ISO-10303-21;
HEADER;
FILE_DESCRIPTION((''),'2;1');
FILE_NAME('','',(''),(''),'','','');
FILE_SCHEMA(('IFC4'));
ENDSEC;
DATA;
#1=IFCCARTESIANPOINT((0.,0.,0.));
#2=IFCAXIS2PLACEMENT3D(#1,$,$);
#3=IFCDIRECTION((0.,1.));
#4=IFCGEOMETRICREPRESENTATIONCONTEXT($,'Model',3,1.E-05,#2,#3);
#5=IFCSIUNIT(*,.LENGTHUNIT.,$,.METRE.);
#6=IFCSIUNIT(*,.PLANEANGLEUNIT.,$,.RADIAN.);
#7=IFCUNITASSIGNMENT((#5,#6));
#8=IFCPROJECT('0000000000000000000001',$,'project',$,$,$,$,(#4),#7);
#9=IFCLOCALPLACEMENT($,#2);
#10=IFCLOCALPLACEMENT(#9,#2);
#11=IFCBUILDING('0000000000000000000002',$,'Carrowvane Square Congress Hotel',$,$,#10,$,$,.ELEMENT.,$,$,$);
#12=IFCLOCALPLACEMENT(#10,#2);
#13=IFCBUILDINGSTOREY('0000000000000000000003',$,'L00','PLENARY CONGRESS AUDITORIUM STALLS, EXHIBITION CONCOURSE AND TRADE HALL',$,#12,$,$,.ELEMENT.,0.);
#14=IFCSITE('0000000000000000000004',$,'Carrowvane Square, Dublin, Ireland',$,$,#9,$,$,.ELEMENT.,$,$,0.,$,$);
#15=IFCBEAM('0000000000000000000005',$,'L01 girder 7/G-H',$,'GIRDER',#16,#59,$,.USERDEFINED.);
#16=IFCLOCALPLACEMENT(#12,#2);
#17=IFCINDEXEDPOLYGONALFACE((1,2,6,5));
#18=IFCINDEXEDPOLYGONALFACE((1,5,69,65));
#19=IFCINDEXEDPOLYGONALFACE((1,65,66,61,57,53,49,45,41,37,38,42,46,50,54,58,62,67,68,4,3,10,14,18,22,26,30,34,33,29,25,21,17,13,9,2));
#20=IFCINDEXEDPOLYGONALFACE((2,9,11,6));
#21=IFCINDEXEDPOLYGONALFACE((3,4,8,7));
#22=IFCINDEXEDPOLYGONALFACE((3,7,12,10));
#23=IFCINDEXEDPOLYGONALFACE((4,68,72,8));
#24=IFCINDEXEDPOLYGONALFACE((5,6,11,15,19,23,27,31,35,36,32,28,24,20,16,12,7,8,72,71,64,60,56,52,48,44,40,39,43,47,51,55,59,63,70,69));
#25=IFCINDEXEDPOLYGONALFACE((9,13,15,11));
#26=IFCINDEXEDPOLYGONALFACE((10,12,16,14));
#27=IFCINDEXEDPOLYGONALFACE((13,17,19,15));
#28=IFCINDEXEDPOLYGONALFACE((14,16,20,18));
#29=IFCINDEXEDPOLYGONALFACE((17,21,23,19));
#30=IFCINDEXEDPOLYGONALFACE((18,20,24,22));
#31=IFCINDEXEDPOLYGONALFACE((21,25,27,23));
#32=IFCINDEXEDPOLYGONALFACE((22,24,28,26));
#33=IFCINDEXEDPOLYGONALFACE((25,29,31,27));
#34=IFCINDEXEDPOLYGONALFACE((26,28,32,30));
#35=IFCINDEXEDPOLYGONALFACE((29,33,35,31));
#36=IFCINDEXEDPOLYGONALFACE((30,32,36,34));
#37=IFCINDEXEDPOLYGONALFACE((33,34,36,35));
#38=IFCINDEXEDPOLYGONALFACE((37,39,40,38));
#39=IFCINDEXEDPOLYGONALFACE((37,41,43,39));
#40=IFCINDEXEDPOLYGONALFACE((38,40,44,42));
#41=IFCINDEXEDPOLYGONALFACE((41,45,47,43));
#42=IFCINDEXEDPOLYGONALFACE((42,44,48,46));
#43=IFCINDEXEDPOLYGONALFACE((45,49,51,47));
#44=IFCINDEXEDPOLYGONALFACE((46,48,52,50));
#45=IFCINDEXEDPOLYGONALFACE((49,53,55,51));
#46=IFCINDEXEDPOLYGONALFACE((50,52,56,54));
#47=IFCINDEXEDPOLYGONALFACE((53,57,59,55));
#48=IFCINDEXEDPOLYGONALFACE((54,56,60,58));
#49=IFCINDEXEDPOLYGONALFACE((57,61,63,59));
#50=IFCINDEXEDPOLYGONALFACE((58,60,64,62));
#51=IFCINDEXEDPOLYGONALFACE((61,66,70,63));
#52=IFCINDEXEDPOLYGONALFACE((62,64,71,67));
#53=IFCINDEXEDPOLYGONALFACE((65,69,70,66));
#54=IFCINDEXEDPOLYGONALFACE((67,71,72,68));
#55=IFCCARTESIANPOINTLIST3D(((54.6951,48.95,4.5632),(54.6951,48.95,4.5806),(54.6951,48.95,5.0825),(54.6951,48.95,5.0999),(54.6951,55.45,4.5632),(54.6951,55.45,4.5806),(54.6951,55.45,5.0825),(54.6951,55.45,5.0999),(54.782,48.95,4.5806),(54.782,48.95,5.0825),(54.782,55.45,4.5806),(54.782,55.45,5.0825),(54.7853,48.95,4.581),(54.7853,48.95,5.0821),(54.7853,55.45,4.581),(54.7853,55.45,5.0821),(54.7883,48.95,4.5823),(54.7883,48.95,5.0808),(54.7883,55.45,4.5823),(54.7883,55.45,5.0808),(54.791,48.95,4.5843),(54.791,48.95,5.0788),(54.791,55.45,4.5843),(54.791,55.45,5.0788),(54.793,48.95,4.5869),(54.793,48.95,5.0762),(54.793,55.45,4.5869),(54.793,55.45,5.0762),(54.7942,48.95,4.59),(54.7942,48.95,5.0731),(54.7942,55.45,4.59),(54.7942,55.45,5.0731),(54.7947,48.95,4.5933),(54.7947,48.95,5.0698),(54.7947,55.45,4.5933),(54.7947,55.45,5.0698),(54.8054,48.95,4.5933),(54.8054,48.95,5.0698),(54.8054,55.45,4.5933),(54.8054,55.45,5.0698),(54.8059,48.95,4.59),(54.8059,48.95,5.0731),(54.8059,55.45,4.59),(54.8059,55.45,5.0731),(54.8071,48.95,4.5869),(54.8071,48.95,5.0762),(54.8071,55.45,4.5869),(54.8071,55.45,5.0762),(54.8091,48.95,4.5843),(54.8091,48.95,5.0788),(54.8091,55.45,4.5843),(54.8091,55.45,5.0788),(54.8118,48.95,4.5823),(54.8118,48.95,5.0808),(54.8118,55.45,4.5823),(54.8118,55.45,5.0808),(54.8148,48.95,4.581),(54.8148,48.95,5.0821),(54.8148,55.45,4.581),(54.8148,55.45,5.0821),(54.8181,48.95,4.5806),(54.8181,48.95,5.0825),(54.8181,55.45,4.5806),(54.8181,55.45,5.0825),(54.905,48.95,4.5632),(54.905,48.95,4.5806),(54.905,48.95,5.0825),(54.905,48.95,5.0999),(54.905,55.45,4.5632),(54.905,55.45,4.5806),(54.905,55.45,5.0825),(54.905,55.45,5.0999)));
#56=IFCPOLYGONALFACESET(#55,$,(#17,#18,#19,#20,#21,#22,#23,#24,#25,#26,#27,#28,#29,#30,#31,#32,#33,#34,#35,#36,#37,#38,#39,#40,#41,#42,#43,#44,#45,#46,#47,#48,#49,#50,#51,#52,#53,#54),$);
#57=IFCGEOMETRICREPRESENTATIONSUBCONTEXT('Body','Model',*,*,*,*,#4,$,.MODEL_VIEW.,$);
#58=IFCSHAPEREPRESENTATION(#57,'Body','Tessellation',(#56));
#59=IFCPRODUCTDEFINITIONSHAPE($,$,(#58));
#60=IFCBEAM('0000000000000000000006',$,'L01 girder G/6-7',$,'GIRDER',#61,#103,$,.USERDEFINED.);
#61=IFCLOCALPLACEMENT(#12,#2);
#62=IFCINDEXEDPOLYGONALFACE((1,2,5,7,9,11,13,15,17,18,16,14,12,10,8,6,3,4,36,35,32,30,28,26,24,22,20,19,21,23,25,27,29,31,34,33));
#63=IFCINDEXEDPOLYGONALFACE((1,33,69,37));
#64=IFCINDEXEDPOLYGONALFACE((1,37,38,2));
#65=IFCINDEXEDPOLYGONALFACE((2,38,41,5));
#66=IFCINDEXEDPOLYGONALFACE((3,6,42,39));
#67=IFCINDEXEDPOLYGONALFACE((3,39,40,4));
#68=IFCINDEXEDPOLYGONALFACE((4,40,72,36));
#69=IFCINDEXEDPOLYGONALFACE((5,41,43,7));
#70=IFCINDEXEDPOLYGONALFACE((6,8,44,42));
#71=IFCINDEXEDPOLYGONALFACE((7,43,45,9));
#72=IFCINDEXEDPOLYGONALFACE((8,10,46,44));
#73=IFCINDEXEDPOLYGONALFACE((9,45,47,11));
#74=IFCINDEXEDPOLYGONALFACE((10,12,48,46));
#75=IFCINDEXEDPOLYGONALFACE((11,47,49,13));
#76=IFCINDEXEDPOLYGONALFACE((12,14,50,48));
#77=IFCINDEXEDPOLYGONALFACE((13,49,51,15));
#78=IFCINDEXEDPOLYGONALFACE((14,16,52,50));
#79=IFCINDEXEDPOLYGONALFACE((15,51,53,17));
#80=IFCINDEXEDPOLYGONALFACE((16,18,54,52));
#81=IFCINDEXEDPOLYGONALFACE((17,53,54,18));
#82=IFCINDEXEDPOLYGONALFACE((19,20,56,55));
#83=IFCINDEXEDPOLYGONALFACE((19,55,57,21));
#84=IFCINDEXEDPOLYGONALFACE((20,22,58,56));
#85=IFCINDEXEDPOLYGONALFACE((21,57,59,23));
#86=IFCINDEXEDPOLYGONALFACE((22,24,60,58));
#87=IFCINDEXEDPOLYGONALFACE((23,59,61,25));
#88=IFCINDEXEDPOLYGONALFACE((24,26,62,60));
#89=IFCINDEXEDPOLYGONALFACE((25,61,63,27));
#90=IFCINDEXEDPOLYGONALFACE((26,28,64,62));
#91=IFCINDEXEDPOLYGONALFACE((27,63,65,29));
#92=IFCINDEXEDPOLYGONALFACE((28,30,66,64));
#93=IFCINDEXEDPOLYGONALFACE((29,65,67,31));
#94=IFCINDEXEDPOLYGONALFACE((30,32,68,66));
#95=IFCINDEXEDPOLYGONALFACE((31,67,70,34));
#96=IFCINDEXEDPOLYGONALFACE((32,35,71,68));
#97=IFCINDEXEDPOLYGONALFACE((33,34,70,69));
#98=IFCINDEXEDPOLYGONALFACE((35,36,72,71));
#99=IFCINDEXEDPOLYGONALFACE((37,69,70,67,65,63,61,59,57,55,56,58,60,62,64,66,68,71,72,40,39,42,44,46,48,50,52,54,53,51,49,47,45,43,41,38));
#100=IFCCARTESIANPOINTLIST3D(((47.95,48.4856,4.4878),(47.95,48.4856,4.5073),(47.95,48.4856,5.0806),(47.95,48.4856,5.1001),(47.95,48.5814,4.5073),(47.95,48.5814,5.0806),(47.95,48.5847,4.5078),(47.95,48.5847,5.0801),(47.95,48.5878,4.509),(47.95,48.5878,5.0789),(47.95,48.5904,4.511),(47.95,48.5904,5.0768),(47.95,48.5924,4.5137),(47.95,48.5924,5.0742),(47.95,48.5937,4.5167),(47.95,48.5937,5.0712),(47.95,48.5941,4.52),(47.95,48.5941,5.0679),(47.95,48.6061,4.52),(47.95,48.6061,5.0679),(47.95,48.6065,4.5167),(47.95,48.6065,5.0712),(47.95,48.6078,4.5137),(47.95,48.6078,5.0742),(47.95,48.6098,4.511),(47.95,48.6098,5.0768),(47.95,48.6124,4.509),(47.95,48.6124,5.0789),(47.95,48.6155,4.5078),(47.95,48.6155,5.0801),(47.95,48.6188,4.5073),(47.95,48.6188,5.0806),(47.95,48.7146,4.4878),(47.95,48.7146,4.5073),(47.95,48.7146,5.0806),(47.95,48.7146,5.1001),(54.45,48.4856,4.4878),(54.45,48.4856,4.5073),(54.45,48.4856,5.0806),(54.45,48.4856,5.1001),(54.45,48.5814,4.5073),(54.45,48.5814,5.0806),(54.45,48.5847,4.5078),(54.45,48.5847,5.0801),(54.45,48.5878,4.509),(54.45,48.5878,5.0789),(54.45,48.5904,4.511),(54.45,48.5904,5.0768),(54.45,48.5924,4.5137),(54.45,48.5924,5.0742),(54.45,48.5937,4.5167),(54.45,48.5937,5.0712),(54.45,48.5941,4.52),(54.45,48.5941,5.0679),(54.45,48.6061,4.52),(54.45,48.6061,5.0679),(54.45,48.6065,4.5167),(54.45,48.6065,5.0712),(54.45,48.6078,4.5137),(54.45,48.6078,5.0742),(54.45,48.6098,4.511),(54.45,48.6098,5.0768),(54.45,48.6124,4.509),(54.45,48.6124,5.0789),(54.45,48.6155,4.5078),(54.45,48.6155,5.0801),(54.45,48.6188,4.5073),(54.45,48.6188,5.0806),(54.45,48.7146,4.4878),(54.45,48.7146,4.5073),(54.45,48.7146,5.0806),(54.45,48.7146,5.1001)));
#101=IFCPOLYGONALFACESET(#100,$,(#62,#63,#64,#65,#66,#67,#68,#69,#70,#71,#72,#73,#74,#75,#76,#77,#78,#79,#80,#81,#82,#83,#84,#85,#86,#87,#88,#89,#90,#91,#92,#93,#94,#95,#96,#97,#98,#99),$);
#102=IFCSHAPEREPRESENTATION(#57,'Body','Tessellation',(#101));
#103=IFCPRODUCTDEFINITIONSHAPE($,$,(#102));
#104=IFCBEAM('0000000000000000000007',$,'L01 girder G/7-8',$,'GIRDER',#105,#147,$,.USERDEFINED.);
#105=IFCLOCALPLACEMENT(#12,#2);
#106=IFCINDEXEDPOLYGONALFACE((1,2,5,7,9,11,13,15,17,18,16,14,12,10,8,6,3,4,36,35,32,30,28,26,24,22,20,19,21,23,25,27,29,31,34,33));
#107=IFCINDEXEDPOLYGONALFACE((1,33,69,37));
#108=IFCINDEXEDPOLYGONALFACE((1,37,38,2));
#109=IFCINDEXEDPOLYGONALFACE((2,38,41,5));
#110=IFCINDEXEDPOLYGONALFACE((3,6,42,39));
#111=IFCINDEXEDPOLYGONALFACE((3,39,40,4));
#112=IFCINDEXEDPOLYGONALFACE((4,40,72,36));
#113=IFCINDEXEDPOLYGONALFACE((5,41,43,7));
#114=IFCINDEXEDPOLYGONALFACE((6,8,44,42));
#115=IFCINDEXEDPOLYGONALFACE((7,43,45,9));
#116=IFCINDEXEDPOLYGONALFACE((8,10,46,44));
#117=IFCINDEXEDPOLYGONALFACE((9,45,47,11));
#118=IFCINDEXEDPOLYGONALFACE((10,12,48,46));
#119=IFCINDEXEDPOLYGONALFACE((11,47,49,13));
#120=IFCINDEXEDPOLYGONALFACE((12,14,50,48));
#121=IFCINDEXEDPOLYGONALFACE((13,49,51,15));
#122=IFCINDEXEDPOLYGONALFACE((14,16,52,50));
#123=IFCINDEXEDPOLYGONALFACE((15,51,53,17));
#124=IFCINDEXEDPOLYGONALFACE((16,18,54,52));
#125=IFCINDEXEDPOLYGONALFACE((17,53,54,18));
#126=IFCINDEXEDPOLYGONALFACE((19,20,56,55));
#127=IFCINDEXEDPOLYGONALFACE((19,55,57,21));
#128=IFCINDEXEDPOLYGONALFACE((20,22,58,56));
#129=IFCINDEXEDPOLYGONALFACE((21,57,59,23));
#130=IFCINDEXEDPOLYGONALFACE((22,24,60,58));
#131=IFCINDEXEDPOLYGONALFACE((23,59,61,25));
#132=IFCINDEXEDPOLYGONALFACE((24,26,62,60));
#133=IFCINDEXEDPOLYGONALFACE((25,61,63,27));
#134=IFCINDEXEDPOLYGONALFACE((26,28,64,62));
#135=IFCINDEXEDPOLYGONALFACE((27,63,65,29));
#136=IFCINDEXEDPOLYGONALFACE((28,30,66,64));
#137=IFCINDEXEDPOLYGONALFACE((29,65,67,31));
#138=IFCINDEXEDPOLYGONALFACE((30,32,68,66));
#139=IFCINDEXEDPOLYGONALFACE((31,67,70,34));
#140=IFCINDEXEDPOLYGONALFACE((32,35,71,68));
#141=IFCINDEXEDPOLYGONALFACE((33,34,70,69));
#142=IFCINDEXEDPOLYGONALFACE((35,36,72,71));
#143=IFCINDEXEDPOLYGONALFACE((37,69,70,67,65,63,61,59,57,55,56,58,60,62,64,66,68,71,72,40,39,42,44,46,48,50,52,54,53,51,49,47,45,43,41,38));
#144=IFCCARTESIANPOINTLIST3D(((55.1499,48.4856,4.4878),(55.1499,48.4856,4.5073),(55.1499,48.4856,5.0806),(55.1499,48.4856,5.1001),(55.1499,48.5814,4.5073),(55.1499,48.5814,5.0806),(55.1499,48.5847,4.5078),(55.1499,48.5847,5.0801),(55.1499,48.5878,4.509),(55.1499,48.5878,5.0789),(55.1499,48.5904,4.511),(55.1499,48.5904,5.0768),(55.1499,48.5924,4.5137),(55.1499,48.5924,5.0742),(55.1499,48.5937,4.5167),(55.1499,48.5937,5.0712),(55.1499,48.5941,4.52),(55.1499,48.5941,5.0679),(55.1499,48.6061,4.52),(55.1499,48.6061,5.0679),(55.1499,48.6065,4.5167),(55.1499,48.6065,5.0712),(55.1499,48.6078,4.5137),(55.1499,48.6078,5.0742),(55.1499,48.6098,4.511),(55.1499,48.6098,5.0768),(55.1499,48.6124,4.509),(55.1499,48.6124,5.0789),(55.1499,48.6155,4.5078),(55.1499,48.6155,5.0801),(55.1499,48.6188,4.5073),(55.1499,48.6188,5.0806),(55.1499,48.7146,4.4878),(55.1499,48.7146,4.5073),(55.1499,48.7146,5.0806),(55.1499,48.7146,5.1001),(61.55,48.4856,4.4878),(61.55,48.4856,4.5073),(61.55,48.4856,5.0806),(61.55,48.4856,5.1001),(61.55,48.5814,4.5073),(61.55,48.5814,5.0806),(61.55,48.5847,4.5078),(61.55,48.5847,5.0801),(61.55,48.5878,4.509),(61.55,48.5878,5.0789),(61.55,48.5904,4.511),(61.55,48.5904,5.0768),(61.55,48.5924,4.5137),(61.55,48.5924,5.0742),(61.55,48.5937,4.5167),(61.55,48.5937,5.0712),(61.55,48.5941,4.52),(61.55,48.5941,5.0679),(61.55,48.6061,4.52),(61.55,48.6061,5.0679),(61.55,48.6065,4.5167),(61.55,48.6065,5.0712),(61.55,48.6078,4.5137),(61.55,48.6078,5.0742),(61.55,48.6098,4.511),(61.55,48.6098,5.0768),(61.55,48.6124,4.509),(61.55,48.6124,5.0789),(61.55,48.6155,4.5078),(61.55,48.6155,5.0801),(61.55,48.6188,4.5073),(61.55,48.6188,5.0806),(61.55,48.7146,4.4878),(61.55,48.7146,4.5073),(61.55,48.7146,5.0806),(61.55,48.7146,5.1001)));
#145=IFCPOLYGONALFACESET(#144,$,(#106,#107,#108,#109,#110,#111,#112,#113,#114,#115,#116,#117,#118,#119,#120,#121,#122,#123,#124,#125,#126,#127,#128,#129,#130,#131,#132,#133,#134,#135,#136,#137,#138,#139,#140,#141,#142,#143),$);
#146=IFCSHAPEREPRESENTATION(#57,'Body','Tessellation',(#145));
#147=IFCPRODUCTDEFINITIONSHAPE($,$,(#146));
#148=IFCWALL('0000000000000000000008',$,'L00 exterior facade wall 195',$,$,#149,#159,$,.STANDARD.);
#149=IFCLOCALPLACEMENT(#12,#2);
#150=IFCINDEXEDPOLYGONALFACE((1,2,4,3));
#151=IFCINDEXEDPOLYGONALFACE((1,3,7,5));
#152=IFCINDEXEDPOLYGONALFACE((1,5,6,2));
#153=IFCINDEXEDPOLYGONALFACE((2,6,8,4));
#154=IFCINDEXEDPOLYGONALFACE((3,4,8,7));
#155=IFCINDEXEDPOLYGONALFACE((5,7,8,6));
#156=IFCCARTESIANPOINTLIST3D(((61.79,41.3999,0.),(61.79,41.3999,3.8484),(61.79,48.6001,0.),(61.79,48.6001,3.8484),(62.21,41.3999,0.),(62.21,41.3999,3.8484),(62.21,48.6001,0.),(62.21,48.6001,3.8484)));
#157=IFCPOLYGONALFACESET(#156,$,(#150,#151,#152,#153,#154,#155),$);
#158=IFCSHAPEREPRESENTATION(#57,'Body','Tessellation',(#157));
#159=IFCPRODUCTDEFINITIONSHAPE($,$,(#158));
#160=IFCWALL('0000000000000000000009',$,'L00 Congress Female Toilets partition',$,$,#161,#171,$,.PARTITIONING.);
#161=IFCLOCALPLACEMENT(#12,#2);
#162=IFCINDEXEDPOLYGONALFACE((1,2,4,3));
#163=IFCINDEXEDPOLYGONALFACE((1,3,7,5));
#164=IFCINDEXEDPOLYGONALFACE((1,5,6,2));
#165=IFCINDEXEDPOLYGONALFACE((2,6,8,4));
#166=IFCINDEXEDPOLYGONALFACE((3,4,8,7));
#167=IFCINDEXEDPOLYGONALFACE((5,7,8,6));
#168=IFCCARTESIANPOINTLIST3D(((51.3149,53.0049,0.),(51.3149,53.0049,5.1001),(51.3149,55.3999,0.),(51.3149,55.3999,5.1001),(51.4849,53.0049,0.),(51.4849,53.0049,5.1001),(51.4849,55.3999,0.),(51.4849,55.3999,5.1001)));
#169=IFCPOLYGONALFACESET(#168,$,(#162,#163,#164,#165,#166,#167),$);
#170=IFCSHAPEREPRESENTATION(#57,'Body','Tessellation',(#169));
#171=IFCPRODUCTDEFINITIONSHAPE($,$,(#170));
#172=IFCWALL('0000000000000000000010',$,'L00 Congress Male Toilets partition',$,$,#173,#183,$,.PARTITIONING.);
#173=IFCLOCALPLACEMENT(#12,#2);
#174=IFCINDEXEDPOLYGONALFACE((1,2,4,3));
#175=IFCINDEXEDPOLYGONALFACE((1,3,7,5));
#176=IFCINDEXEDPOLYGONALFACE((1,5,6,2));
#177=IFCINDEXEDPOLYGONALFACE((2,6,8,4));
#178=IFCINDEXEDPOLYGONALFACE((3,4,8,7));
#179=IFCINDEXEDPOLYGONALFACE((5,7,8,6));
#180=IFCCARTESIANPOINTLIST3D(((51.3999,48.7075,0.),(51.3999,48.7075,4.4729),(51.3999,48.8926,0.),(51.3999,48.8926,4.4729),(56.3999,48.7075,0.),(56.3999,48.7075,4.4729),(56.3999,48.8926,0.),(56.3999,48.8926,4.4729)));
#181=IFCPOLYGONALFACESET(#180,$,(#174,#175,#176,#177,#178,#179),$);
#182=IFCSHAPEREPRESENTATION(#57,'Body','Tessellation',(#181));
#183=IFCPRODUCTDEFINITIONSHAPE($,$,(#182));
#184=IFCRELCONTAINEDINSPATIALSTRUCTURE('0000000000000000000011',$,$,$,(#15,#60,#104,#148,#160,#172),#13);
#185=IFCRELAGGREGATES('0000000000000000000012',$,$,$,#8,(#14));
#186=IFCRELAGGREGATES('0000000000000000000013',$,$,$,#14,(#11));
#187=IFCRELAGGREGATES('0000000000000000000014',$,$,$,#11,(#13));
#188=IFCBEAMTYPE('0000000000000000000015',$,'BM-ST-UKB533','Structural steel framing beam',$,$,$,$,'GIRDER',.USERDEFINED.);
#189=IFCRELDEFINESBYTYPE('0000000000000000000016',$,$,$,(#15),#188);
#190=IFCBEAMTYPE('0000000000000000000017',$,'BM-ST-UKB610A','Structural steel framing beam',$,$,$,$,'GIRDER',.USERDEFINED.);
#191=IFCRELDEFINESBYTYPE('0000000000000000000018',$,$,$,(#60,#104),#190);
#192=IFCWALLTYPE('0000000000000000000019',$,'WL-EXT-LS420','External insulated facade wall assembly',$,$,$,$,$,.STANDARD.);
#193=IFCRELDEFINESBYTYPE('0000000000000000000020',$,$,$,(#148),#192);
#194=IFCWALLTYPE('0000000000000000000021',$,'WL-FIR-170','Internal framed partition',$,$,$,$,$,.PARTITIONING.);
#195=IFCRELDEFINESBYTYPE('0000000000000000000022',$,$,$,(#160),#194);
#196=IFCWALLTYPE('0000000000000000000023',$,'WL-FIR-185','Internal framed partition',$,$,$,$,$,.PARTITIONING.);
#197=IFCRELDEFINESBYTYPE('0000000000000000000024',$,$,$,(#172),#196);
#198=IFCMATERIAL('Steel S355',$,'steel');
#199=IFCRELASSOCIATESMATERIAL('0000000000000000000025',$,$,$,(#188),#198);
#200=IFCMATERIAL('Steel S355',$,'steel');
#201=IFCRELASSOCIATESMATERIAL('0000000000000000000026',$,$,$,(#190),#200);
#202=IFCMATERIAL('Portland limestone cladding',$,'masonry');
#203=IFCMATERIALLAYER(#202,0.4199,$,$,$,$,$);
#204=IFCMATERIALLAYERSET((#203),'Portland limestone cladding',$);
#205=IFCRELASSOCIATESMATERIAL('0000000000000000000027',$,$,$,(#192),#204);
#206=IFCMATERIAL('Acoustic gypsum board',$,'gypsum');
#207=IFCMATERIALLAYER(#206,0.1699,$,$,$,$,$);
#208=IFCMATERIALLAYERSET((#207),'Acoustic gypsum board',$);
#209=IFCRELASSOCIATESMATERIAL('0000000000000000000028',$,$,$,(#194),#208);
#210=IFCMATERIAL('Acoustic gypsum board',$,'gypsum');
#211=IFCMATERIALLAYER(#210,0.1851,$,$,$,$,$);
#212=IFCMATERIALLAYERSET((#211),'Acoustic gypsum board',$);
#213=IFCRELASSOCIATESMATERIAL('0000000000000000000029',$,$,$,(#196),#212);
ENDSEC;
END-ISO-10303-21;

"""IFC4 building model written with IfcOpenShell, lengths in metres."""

from ifc_helpers import new_model, si_unit, direction, frame, frame_2d, origin, origin_2d, place, context, subcontext, project, spatial, rectangle, i_section, extrude, material, layer, layer_set, material_profile, profile_set, type_object, element, save


model = new_model("IFC4")

# Units and contexts
model_context = context("Model", 3, precision=1e-05, world=origin(), true_north=direction((0.0, 1.0)))
body_context = subcontext(model_context, "Body", "Model", "MODEL_VIEW")
ifc_project = project(units=[si_unit("LENGTHUNIT", "METRE"), si_unit("PLANEANGLEUNIT", "RADIAN")], contexts=[model_context])

# Site, building, storey
site_placement = place(None, origin())
site = spatial("IfcSite", under=ifc_project, at=site_placement, Name="Carrowvane Square, Dublin, Ireland", CompositionType="ELEMENT", RefElevation=0.0)
building_placement = place(site_placement, origin())
building = spatial("IfcBuilding", under=site, at=building_placement, Name="Carrowvane Square Congress Hotel", CompositionType="ELEMENT")
storey_placement = place(building_placement, origin())
storey = spatial("IfcBuildingStorey", under=building, at=storey_placement, Name="L00", Description="PLENARY CONGRESS AUDITORIUM STALLS, EXHIBITION CONCOURSE AND TRADE HALL", CompositionType="ELEMENT", Elevation=0.0)

# Beams
ifc_material_1 = material(Name="Steel S355", Category="steel")
ifc_material_profile_1 = material_profile(ifc_material_1, i_section(OverallWidth=0.21, OverallDepth=0.5366, WebThickness=0.0107, FlangeThickness=0.0173, FilletRadius=0.0127, at=origin_2d()), Name="UKB 533x210x101")
ifc_profile_set_1 = profile_set([ifc_material_profile_1], Name="Steel S355")
beam_type_1 = type_object("IfcBeamType", Name="BM-ST-UKB533", Description="Structural steel framing beam", ElementType="GIRDER", PredefinedType="USERDEFINED", material=ifc_profile_set_1)
beam_1_placement = place(storey_placement, frame((54.8, 48.95, 4.8315), z_axis=(0.0, 1.0, 0.0), x_axis=(-1.0, 0.0, 0.0)))
element("IfcBeam", 1, at=beam_1_placement, inside=storey, type_object=beam_type_1, Name="L01 girder 7/G-H", ObjectType="GIRDER", PredefinedType="USERDEFINED", context=body_context, shape_type="SweptSolid", body=[
    extrude(i_section(OverallWidth=0.21, OverallDepth=0.5366, WebThickness=0.0107, FlangeThickness=0.0173, FilletRadius=0.0127, at=origin_2d()), origin(), (0.0, 0.0, 1.0), 6.5),
])
ifc_material_2 = material(Name="Steel S355", Category="steel")
ifc_material_profile_2 = material_profile(ifc_material_2, i_section(OverallWidth=0.229, OverallDepth=0.6123, WebThickness=0.012, FlangeThickness=0.0195, FilletRadius=0.0127, at=origin_2d()), Name="UKB 610x229x125")
ifc_profile_set_2 = profile_set([ifc_material_profile_2], Name="Steel S355")
beam_type_2 = type_object("IfcBeamType", Name="BM-ST-UKB610A", Description="Structural steel framing beam", ElementType="GIRDER", PredefinedType="USERDEFINED", material=ifc_profile_set_2)
beam_2_placement = place(storey_placement, frame((47.95, 48.6001, 4.7939), z_axis=(1.0, 0.0, 0.0), x_axis=(0.0, 1.0, 0.0)))
element("IfcBeam", 2, at=beam_2_placement, inside=storey, type_object=beam_type_2, Name="L01 girder G/6-7", ObjectType="GIRDER", PredefinedType="USERDEFINED", context=body_context, shape_type="SweptSolid", body=[
    extrude(i_section(OverallWidth=0.229, OverallDepth=0.6123, WebThickness=0.012, FlangeThickness=0.0195, FilletRadius=0.0127, at=origin_2d()), origin(), (0.0, 0.0, 1.0), 6.5),
])
beam_3_placement = place(storey_placement, frame((55.1499, 48.6001, 4.7939), z_axis=(1.0, 0.0, 0.0), x_axis=(0.0, 1.0, 0.0)))
element("IfcBeam", 3, at=beam_3_placement, inside=storey, type_object=beam_type_2, Name="L01 girder G/7-8", ObjectType="GIRDER", PredefinedType="USERDEFINED", context=body_context, shape_type="SweptSolid", body=[
    extrude(i_section(OverallWidth=0.229, OverallDepth=0.6123, WebThickness=0.012, FlangeThickness=0.0195, FilletRadius=0.0127, at=origin_2d()), origin(), (0.0, 0.0, 1.0), 6.4001),
])

# Walls
ifc_material_3 = material(Name="Portland limestone cladding", Category="masonry")
ifc_layer_1 = layer(ifc_material_3, 0.4199)
ifc_layer_set_1 = layer_set([ifc_layer_1], Name="Portland limestone cladding")
wall_type_1 = type_object("IfcWallType", Name="WL-EXT-LS420", Description="External insulated facade wall assembly", PredefinedType="STANDARD", material=ifc_layer_set_1)
wall_1_placement = place(storey_placement, frame((62.0, 48.6001, 0.0), z_axis=(0.0, 0.0, 1.0), x_axis=(0.0, -1.0, 0.0)))
element("IfcWall", 4, at=wall_1_placement, inside=storey, type_object=wall_type_1, Name="L00 exterior facade wall 195", PredefinedType="STANDARD", context=body_context, shape_type="SweptSolid", body=[
    extrude(rectangle(XDim=7.2002, YDim=0.4199, at=frame_2d((3.6001, 0.0))), origin(), (0.0, 0.0, 1.0), 3.8484),
])
ifc_material_4 = material(Name="Acoustic gypsum board", Category="gypsum")
ifc_layer_2 = layer(ifc_material_4, 0.1699)
ifc_layer_set_2 = layer_set([ifc_layer_2], Name="Acoustic gypsum board")
wall_type_2 = type_object("IfcWallType", Name="WL-FIR-170", Description="Internal framed partition", PredefinedType="PARTITIONING", material=ifc_layer_set_2)
wall_2_placement = place(storey_placement, frame((51.3999, 53.0049, 0.0), z_axis=(0.0, 0.0, 1.0), x_axis=(0.0, 1.0, 0.0)))
element("IfcWall", 5, at=wall_2_placement, inside=storey, type_object=wall_type_2, Name="L00 Congress Female Toilets partition", PredefinedType="PARTITIONING", context=body_context, shape_type="SweptSolid", body=[
    extrude(rectangle(XDim=2.395, YDim=0.1699, at=frame_2d((1.1975, 0.0))), origin(), (0.0, 0.0, 1.0), 5.1001),
])
ifc_material_5 = material(Name="Acoustic gypsum board", Category="gypsum")
ifc_layer_3 = layer(ifc_material_5, 0.1851)
ifc_layer_set_3 = layer_set([ifc_layer_3], Name="Acoustic gypsum board")
wall_type_3 = type_object("IfcWallType", Name="WL-FIR-185", Description="Internal framed partition", PredefinedType="PARTITIONING", material=ifc_layer_set_3)
wall_3_placement = place(storey_placement, frame((56.3999, 48.8, 0.0), z_axis=(0.0, 0.0, 1.0), x_axis=(-1.0, 0.0, 0.0)))
element("IfcWall", 6, at=wall_3_placement, inside=storey, type_object=wall_type_3, Name="L00 Congress Male Toilets partition", PredefinedType="PARTITIONING", context=body_context, shape_type="SweptSolid", body=[
    extrude(rectangle(XDim=5.0, YDim=0.1851, at=frame_2d((2.5, 0.0))), origin(), (0.0, 0.0, 1.0), 4.4729),
])

save(model, "model.ifc")
